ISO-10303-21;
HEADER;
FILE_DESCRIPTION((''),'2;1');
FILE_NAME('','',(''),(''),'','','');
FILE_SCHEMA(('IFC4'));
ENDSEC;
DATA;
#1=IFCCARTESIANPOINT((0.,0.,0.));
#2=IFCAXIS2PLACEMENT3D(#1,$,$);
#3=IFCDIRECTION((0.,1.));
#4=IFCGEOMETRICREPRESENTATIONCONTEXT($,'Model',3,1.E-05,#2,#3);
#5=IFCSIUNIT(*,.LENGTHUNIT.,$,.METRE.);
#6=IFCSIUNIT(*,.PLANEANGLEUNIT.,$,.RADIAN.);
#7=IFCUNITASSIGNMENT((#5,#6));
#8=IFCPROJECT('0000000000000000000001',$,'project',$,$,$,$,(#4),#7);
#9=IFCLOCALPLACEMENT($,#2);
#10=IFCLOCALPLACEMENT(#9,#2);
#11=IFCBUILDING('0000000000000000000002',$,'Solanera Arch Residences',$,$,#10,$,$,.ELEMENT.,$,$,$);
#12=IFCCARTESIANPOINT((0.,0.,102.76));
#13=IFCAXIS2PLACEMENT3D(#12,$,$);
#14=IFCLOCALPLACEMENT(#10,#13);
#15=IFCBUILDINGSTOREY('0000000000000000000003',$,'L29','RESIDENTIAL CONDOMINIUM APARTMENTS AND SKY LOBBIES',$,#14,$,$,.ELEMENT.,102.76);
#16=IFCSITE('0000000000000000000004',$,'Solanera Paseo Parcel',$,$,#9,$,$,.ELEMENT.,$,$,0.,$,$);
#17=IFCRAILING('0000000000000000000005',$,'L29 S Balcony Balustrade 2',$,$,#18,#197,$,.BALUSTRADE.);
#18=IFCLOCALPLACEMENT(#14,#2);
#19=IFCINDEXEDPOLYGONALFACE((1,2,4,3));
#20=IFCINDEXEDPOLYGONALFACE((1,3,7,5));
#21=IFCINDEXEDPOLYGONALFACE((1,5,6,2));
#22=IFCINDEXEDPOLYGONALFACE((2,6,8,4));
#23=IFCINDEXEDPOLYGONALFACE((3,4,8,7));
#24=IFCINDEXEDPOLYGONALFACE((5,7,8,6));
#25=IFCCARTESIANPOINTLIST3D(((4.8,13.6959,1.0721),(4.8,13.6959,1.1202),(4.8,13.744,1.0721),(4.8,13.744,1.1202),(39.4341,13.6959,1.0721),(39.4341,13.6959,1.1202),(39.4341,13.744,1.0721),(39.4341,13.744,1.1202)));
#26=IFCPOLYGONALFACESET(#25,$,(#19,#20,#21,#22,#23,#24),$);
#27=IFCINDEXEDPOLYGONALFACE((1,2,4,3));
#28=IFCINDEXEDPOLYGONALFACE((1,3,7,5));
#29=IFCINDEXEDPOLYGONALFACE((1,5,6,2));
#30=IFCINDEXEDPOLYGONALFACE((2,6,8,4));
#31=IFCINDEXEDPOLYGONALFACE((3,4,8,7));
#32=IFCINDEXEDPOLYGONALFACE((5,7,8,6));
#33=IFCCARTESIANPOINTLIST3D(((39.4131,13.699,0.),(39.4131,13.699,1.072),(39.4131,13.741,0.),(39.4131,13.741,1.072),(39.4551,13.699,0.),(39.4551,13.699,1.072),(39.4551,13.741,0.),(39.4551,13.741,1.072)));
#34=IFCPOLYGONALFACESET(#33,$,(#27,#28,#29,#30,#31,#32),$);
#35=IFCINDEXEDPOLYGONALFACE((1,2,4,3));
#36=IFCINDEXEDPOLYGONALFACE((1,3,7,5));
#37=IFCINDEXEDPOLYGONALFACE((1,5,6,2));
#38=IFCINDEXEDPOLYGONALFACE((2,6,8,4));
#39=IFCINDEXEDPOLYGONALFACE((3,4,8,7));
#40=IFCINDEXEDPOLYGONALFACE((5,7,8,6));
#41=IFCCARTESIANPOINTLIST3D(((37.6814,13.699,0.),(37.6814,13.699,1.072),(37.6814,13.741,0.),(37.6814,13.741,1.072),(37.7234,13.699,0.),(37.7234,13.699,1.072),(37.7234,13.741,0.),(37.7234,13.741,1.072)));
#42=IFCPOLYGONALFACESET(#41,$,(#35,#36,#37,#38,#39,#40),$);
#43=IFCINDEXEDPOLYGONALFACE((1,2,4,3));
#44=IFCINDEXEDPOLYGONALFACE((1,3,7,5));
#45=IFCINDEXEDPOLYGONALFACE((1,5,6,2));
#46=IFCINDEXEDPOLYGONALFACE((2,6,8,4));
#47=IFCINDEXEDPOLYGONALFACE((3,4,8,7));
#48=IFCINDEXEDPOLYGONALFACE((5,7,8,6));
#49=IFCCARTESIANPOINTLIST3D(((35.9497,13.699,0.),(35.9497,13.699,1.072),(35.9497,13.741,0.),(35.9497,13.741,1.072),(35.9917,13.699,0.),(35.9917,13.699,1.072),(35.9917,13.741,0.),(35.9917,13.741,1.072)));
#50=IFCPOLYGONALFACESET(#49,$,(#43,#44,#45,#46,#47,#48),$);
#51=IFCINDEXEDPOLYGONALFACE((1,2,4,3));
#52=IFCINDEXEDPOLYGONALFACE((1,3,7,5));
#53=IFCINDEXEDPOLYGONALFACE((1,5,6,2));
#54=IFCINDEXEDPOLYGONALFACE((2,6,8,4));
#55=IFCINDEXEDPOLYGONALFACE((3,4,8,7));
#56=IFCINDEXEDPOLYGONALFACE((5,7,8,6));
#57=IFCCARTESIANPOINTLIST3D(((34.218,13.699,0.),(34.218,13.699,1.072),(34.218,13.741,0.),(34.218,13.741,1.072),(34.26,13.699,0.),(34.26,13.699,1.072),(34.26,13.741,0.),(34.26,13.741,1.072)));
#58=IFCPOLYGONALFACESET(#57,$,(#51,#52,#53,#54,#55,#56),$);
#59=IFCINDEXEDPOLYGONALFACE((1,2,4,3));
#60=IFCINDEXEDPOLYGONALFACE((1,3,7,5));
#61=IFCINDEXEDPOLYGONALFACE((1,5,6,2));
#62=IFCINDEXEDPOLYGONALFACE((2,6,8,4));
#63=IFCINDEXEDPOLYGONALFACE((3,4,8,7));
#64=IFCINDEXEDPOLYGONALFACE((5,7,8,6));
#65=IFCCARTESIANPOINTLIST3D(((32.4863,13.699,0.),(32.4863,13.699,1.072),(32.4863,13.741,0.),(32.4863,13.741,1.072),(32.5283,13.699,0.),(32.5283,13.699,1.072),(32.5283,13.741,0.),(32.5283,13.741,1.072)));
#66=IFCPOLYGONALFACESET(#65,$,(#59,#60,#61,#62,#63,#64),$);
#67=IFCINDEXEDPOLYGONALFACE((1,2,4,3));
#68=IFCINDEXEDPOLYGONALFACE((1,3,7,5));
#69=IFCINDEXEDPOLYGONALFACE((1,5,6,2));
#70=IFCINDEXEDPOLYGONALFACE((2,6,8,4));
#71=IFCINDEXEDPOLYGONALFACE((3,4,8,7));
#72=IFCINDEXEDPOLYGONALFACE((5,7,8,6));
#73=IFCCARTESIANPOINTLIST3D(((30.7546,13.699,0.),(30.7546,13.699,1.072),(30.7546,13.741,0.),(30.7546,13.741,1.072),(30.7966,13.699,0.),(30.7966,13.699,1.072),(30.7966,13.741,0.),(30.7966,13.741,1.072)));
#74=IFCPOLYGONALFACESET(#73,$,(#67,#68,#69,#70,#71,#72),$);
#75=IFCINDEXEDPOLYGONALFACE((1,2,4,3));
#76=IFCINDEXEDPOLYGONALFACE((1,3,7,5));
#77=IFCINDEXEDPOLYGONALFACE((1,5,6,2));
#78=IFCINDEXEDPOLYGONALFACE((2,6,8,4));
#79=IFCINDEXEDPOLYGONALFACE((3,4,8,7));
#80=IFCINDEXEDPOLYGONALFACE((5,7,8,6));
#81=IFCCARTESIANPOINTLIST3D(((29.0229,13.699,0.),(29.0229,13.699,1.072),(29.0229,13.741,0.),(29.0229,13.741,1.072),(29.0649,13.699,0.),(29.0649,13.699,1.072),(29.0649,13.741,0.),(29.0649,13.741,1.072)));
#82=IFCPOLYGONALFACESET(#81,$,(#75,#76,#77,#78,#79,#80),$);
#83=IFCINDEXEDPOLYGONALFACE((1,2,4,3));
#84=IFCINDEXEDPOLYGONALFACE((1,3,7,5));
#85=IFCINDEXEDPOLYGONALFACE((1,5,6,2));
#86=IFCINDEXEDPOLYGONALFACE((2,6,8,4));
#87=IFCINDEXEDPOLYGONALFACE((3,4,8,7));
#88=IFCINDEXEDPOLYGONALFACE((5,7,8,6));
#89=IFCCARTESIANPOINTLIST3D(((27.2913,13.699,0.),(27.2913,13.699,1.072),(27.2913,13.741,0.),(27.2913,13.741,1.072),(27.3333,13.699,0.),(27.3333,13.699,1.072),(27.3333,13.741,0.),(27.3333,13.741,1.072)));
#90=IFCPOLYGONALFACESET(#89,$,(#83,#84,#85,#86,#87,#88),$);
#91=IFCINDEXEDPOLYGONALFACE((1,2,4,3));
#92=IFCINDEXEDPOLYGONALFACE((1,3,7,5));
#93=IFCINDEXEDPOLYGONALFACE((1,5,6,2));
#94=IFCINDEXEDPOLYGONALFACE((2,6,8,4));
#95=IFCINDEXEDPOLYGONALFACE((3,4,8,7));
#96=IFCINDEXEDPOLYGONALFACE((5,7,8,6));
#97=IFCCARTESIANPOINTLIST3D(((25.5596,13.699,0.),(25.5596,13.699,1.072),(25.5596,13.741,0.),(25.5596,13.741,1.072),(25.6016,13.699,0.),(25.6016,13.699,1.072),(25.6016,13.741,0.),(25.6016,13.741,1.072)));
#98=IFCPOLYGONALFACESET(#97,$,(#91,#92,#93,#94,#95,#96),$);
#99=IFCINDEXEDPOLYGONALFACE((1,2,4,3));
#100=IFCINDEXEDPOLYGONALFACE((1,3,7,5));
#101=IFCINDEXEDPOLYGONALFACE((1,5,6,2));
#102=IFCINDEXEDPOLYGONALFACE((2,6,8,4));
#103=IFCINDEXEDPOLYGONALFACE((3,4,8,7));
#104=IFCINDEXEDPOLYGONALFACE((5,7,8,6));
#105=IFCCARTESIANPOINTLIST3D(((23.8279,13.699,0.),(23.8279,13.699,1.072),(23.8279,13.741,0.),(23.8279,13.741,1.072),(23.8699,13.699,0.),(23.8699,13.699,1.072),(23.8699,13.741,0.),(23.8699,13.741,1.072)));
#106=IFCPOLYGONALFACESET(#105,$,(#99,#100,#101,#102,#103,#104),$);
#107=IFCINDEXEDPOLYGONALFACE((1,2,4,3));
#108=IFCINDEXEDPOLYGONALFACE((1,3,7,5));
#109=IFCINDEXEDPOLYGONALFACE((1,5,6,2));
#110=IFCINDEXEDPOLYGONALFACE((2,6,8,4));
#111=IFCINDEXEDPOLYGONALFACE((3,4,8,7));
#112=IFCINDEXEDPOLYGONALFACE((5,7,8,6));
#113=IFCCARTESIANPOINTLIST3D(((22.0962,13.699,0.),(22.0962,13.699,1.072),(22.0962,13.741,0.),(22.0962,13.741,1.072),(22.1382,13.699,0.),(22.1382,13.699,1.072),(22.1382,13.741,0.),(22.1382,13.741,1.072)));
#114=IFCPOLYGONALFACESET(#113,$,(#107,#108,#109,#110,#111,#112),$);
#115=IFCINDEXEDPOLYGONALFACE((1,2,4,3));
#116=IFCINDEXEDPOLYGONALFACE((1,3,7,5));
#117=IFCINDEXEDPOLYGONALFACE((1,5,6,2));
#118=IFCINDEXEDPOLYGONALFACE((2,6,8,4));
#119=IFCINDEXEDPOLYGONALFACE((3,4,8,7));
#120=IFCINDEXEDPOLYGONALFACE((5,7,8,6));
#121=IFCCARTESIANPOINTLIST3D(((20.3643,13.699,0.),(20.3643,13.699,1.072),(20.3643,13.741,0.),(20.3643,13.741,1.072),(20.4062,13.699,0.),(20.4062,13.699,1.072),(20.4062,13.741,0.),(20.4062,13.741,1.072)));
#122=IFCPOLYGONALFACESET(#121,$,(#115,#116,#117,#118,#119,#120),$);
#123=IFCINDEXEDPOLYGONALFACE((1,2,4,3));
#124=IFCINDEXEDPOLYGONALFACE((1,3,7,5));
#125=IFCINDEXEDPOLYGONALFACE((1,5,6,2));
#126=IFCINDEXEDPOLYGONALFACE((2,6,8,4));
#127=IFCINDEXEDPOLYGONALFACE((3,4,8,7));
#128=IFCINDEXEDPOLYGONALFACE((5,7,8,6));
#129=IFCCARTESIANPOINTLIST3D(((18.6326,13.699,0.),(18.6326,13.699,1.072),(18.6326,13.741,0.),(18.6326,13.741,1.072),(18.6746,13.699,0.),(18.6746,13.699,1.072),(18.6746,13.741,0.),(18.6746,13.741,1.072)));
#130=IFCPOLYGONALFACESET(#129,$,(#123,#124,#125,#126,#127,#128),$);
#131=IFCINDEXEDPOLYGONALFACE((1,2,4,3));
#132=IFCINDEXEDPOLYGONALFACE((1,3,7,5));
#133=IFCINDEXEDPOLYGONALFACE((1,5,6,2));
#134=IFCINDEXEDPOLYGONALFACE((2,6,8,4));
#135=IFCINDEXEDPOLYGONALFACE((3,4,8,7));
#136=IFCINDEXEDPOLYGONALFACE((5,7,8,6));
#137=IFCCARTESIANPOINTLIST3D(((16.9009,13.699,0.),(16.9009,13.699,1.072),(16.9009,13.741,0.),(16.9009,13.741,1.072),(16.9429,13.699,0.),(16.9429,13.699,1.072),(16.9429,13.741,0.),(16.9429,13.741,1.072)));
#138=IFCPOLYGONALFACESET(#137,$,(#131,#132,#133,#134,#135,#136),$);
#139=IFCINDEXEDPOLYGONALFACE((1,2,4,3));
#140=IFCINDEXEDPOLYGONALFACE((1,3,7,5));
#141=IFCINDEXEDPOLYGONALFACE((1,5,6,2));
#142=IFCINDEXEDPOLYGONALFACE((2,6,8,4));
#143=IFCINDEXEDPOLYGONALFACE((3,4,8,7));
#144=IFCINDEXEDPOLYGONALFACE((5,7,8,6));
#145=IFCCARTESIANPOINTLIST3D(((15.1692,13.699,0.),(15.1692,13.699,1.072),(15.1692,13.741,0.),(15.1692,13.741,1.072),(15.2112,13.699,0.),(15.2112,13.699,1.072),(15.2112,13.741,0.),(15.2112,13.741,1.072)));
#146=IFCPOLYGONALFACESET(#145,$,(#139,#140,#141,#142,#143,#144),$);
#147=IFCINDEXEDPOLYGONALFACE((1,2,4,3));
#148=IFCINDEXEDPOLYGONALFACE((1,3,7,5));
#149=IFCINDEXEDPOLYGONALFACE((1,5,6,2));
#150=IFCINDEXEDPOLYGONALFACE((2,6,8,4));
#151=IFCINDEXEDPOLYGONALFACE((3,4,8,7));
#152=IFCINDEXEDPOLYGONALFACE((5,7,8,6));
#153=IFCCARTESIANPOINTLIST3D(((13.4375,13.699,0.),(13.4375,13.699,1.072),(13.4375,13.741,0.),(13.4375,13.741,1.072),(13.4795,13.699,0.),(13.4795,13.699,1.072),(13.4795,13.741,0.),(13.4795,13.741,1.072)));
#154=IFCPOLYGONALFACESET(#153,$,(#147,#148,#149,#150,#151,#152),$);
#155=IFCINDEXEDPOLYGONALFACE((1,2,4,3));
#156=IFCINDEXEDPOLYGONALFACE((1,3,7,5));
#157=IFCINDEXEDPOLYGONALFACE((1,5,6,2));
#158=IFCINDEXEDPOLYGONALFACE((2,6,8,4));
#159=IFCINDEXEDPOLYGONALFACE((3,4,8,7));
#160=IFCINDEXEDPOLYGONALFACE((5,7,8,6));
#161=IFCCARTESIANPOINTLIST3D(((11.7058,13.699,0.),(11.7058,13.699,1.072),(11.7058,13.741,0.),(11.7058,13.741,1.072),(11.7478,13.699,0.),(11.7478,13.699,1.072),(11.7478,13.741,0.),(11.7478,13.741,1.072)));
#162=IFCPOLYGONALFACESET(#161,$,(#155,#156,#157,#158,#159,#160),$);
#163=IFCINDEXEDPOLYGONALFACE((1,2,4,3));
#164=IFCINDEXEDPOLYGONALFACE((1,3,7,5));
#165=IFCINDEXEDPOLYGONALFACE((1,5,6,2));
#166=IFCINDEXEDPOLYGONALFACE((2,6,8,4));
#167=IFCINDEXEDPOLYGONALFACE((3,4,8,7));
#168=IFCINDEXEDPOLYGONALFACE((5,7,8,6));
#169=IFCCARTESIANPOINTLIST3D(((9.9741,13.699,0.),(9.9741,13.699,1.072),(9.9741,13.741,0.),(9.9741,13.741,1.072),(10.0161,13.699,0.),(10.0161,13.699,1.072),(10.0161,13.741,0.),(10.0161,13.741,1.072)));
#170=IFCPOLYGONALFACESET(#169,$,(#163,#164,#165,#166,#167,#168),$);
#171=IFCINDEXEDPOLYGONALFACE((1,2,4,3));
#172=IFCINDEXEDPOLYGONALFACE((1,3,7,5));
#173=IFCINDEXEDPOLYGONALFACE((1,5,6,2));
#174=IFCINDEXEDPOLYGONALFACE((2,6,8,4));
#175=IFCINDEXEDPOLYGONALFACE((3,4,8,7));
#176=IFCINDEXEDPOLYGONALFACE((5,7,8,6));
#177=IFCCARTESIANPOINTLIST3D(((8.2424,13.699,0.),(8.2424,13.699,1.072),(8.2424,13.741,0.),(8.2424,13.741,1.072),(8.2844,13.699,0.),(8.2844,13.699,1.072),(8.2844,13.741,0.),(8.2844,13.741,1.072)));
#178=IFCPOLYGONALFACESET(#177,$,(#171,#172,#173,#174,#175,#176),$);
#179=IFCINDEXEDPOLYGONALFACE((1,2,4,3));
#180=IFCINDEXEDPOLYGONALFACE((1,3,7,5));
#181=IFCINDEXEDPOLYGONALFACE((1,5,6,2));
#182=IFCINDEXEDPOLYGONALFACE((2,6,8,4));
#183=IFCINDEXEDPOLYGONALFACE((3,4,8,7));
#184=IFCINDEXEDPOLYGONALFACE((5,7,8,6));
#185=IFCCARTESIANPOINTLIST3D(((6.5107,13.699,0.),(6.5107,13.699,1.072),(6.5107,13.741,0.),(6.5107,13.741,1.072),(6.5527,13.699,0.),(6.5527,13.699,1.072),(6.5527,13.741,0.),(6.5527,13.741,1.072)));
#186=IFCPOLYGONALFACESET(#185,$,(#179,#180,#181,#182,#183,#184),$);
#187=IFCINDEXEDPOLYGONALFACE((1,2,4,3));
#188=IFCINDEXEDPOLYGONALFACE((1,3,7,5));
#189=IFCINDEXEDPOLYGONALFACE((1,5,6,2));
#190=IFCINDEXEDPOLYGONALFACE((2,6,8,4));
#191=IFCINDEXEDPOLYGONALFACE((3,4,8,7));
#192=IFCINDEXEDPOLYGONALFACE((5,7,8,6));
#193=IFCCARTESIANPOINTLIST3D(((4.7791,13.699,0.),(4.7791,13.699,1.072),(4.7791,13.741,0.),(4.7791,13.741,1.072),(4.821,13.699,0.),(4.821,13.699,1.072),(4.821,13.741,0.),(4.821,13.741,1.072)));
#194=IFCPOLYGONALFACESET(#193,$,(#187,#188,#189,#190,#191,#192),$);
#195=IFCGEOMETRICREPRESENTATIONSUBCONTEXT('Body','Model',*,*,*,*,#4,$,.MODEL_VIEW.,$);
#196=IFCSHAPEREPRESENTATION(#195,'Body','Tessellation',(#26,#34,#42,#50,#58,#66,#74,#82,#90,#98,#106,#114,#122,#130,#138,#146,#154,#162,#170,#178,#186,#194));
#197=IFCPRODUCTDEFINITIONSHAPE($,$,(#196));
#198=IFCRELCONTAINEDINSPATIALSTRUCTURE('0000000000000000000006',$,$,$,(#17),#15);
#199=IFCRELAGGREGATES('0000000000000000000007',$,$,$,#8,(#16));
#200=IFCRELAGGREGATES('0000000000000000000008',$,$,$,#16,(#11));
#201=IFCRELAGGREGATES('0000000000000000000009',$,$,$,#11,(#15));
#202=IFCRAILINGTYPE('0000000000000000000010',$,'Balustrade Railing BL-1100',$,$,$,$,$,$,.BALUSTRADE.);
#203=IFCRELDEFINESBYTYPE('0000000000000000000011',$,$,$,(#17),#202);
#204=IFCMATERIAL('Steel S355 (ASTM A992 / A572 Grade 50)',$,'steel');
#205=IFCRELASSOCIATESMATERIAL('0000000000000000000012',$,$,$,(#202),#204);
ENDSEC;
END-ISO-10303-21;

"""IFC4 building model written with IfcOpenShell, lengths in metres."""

from ifc_helpers import new_model, si_unit, direction, frame, origin, origin_2d, place, context, subcontext, project, spatial, rectangle, extrude, material, type_object, element, save


model = new_model("IFC4")

# Units and contexts
model_context = context("Model", 3, precision=1e-05, world=origin(), true_north=direction((0.0, 1.0)))
body_context = subcontext(model_context, "Body", "Model", "MODEL_VIEW")
ifc_project = project(units=[si_unit("LENGTHUNIT", "METRE"), si_unit("PLANEANGLEUNIT", "RADIAN")], contexts=[model_context])

# Site, building, storey
site_placement = place(None, origin())
site = spatial("IfcSite", under=ifc_project, at=site_placement, Name="Solanera Paseo Parcel", CompositionType="ELEMENT", RefElevation=0.0)
building_placement = place(site_placement, origin())
building = spatial("IfcBuilding", under=site, at=building_placement, Name="Solanera Arch Residences", CompositionType="ELEMENT")
storey_placement = place(building_placement, frame((0.0, 0.0, 102.76)))
storey = spatial("IfcBuildingStorey", under=building, at=storey_placement, Name="L29", Description="RESIDENTIAL CONDOMINIUM APARTMENTS AND SKY LOBBIES", CompositionType="ELEMENT", Elevation=102.76)

# Railing
ifc_material_1 = material(Name="Steel S355 (ASTM A992 / A572 Grade 50)", Category="steel")
railing_type = type_object("IfcRailingType", Name="Balustrade Railing BL-1100", PredefinedType="BALUSTRADE", material=ifc_material_1)
railing_placement = place(storey_placement, frame((39.4341, 13.72, 0.0)))
element("IfcRailing", 1, at=railing_placement, inside=storey, type_object=railing_type, Name="L29 S Balcony Balustrade 2", PredefinedType="BALUSTRADE", context=body_context, shape_type="SweptSolid", body=[
    extrude(rectangle(XDim=0.0481, YDim=0.0481, at=origin_2d()), frame((0.0, 0.0, 1.0962), z_axis=(-1.0, 0.0, 0.0), x_axis=(0.0, -1.0, 0.0)), (0.0, 0.0, 1.0), 34.634),
    extrude(rectangle(XDim=0.042, YDim=0.042, at=origin_2d()), origin(), (0.0, 0.0, 1.0), 1.072),
    extrude(rectangle(XDim=0.042, YDim=0.042, at=origin_2d()), frame((-1.7317, 0.0, 0.0)), (0.0, 0.0, 1.0), 1.072),
    extrude(rectangle(XDim=0.042, YDim=0.042, at=origin_2d()), frame((-3.4634, 0.0, 0.0)), (0.0, 0.0, 1.0), 1.072),
    extrude(rectangle(XDim=0.042, YDim=0.042, at=origin_2d()), frame((-5.1951, 0.0, 0.0)), (0.0, 0.0, 1.0), 1.072),
    extrude(rectangle(XDim=0.042, YDim=0.042, at=origin_2d()), frame((-6.9268, 0.0, 0.0)), (0.0, 0.0, 1.0), 1.072),
    extrude(rectangle(XDim=0.042, YDim=0.042, at=origin_2d()), frame((-8.6584, 0.0, 0.0)), (0.0, 0.0, 1.0), 1.072),
    extrude(rectangle(XDim=0.042, YDim=0.042, at=origin_2d()), frame((-10.3901, 0.0, 0.0)), (0.0, 0.0, 1.0), 1.072),
    extrude(rectangle(XDim=0.042, YDim=0.042, at=origin_2d()), frame((-12.1218, 0.0, 0.0)), (0.0, 0.0, 1.0), 1.072),
    extrude(rectangle(XDim=0.042, YDim=0.042, at=origin_2d()), frame((-13.8535, 0.0, 0.0)), (0.0, 0.0, 1.0), 1.072),
    extrude(rectangle(XDim=0.042, YDim=0.042, at=origin_2d()), frame((-15.5852, 0.0, 0.0)), (0.0, 0.0, 1.0), 1.072),
    extrude(rectangle(XDim=0.042, YDim=0.042, at=origin_2d()), frame((-17.3169, 0.0, 0.0)), (0.0, 0.0, 1.0), 1.072),
    extrude(rectangle(XDim=0.042, YDim=0.042, at=origin_2d()), frame((-19.0488, 0.0, 0.0)), (0.0, 0.0, 1.0), 1.072),
    extrude(rectangle(XDim=0.042, YDim=0.042, at=origin_2d()), frame((-20.7805, 0.0, 0.0)), (0.0, 0.0, 1.0), 1.072),
    extrude(rectangle(XDim=0.042, YDim=0.042, at=origin_2d()), frame((-22.5122, 0.0, 0.0)), (0.0, 0.0, 1.0), 1.072),
    extrude(rectangle(XDim=0.042, YDim=0.042, at=origin_2d()), frame((-24.2439, 0.0, 0.0)), (0.0, 0.0, 1.0), 1.072),
    extrude(rectangle(XDim=0.042, YDim=0.042, at=origin_2d()), frame((-25.9756, 0.0, 0.0)), (0.0, 0.0, 1.0), 1.072),
    extrude(rectangle(XDim=0.042, YDim=0.042, at=origin_2d()), frame((-27.7073, 0.0, 0.0)), (0.0, 0.0, 1.0), 1.072),
    extrude(rectangle(XDim=0.042, YDim=0.042, at=origin_2d()), frame((-29.439, 0.0, 0.0)), (0.0, 0.0, 1.0), 1.072),
    extrude(rectangle(XDim=0.042, YDim=0.042, at=origin_2d()), frame((-31.1707, 0.0, 0.0)), (0.0, 0.0, 1.0), 1.072),
    extrude(rectangle(XDim=0.042, YDim=0.042, at=origin_2d()), frame((-32.9023, 0.0, 0.0)), (0.0, 0.0, 1.0), 1.072),
    extrude(rectangle(XDim=0.042, YDim=0.042, at=origin_2d()), frame((-34.634, 0.0, 0.0)), (0.0, 0.0, 1.0), 1.072),
])

save(model, "model.ifc")
